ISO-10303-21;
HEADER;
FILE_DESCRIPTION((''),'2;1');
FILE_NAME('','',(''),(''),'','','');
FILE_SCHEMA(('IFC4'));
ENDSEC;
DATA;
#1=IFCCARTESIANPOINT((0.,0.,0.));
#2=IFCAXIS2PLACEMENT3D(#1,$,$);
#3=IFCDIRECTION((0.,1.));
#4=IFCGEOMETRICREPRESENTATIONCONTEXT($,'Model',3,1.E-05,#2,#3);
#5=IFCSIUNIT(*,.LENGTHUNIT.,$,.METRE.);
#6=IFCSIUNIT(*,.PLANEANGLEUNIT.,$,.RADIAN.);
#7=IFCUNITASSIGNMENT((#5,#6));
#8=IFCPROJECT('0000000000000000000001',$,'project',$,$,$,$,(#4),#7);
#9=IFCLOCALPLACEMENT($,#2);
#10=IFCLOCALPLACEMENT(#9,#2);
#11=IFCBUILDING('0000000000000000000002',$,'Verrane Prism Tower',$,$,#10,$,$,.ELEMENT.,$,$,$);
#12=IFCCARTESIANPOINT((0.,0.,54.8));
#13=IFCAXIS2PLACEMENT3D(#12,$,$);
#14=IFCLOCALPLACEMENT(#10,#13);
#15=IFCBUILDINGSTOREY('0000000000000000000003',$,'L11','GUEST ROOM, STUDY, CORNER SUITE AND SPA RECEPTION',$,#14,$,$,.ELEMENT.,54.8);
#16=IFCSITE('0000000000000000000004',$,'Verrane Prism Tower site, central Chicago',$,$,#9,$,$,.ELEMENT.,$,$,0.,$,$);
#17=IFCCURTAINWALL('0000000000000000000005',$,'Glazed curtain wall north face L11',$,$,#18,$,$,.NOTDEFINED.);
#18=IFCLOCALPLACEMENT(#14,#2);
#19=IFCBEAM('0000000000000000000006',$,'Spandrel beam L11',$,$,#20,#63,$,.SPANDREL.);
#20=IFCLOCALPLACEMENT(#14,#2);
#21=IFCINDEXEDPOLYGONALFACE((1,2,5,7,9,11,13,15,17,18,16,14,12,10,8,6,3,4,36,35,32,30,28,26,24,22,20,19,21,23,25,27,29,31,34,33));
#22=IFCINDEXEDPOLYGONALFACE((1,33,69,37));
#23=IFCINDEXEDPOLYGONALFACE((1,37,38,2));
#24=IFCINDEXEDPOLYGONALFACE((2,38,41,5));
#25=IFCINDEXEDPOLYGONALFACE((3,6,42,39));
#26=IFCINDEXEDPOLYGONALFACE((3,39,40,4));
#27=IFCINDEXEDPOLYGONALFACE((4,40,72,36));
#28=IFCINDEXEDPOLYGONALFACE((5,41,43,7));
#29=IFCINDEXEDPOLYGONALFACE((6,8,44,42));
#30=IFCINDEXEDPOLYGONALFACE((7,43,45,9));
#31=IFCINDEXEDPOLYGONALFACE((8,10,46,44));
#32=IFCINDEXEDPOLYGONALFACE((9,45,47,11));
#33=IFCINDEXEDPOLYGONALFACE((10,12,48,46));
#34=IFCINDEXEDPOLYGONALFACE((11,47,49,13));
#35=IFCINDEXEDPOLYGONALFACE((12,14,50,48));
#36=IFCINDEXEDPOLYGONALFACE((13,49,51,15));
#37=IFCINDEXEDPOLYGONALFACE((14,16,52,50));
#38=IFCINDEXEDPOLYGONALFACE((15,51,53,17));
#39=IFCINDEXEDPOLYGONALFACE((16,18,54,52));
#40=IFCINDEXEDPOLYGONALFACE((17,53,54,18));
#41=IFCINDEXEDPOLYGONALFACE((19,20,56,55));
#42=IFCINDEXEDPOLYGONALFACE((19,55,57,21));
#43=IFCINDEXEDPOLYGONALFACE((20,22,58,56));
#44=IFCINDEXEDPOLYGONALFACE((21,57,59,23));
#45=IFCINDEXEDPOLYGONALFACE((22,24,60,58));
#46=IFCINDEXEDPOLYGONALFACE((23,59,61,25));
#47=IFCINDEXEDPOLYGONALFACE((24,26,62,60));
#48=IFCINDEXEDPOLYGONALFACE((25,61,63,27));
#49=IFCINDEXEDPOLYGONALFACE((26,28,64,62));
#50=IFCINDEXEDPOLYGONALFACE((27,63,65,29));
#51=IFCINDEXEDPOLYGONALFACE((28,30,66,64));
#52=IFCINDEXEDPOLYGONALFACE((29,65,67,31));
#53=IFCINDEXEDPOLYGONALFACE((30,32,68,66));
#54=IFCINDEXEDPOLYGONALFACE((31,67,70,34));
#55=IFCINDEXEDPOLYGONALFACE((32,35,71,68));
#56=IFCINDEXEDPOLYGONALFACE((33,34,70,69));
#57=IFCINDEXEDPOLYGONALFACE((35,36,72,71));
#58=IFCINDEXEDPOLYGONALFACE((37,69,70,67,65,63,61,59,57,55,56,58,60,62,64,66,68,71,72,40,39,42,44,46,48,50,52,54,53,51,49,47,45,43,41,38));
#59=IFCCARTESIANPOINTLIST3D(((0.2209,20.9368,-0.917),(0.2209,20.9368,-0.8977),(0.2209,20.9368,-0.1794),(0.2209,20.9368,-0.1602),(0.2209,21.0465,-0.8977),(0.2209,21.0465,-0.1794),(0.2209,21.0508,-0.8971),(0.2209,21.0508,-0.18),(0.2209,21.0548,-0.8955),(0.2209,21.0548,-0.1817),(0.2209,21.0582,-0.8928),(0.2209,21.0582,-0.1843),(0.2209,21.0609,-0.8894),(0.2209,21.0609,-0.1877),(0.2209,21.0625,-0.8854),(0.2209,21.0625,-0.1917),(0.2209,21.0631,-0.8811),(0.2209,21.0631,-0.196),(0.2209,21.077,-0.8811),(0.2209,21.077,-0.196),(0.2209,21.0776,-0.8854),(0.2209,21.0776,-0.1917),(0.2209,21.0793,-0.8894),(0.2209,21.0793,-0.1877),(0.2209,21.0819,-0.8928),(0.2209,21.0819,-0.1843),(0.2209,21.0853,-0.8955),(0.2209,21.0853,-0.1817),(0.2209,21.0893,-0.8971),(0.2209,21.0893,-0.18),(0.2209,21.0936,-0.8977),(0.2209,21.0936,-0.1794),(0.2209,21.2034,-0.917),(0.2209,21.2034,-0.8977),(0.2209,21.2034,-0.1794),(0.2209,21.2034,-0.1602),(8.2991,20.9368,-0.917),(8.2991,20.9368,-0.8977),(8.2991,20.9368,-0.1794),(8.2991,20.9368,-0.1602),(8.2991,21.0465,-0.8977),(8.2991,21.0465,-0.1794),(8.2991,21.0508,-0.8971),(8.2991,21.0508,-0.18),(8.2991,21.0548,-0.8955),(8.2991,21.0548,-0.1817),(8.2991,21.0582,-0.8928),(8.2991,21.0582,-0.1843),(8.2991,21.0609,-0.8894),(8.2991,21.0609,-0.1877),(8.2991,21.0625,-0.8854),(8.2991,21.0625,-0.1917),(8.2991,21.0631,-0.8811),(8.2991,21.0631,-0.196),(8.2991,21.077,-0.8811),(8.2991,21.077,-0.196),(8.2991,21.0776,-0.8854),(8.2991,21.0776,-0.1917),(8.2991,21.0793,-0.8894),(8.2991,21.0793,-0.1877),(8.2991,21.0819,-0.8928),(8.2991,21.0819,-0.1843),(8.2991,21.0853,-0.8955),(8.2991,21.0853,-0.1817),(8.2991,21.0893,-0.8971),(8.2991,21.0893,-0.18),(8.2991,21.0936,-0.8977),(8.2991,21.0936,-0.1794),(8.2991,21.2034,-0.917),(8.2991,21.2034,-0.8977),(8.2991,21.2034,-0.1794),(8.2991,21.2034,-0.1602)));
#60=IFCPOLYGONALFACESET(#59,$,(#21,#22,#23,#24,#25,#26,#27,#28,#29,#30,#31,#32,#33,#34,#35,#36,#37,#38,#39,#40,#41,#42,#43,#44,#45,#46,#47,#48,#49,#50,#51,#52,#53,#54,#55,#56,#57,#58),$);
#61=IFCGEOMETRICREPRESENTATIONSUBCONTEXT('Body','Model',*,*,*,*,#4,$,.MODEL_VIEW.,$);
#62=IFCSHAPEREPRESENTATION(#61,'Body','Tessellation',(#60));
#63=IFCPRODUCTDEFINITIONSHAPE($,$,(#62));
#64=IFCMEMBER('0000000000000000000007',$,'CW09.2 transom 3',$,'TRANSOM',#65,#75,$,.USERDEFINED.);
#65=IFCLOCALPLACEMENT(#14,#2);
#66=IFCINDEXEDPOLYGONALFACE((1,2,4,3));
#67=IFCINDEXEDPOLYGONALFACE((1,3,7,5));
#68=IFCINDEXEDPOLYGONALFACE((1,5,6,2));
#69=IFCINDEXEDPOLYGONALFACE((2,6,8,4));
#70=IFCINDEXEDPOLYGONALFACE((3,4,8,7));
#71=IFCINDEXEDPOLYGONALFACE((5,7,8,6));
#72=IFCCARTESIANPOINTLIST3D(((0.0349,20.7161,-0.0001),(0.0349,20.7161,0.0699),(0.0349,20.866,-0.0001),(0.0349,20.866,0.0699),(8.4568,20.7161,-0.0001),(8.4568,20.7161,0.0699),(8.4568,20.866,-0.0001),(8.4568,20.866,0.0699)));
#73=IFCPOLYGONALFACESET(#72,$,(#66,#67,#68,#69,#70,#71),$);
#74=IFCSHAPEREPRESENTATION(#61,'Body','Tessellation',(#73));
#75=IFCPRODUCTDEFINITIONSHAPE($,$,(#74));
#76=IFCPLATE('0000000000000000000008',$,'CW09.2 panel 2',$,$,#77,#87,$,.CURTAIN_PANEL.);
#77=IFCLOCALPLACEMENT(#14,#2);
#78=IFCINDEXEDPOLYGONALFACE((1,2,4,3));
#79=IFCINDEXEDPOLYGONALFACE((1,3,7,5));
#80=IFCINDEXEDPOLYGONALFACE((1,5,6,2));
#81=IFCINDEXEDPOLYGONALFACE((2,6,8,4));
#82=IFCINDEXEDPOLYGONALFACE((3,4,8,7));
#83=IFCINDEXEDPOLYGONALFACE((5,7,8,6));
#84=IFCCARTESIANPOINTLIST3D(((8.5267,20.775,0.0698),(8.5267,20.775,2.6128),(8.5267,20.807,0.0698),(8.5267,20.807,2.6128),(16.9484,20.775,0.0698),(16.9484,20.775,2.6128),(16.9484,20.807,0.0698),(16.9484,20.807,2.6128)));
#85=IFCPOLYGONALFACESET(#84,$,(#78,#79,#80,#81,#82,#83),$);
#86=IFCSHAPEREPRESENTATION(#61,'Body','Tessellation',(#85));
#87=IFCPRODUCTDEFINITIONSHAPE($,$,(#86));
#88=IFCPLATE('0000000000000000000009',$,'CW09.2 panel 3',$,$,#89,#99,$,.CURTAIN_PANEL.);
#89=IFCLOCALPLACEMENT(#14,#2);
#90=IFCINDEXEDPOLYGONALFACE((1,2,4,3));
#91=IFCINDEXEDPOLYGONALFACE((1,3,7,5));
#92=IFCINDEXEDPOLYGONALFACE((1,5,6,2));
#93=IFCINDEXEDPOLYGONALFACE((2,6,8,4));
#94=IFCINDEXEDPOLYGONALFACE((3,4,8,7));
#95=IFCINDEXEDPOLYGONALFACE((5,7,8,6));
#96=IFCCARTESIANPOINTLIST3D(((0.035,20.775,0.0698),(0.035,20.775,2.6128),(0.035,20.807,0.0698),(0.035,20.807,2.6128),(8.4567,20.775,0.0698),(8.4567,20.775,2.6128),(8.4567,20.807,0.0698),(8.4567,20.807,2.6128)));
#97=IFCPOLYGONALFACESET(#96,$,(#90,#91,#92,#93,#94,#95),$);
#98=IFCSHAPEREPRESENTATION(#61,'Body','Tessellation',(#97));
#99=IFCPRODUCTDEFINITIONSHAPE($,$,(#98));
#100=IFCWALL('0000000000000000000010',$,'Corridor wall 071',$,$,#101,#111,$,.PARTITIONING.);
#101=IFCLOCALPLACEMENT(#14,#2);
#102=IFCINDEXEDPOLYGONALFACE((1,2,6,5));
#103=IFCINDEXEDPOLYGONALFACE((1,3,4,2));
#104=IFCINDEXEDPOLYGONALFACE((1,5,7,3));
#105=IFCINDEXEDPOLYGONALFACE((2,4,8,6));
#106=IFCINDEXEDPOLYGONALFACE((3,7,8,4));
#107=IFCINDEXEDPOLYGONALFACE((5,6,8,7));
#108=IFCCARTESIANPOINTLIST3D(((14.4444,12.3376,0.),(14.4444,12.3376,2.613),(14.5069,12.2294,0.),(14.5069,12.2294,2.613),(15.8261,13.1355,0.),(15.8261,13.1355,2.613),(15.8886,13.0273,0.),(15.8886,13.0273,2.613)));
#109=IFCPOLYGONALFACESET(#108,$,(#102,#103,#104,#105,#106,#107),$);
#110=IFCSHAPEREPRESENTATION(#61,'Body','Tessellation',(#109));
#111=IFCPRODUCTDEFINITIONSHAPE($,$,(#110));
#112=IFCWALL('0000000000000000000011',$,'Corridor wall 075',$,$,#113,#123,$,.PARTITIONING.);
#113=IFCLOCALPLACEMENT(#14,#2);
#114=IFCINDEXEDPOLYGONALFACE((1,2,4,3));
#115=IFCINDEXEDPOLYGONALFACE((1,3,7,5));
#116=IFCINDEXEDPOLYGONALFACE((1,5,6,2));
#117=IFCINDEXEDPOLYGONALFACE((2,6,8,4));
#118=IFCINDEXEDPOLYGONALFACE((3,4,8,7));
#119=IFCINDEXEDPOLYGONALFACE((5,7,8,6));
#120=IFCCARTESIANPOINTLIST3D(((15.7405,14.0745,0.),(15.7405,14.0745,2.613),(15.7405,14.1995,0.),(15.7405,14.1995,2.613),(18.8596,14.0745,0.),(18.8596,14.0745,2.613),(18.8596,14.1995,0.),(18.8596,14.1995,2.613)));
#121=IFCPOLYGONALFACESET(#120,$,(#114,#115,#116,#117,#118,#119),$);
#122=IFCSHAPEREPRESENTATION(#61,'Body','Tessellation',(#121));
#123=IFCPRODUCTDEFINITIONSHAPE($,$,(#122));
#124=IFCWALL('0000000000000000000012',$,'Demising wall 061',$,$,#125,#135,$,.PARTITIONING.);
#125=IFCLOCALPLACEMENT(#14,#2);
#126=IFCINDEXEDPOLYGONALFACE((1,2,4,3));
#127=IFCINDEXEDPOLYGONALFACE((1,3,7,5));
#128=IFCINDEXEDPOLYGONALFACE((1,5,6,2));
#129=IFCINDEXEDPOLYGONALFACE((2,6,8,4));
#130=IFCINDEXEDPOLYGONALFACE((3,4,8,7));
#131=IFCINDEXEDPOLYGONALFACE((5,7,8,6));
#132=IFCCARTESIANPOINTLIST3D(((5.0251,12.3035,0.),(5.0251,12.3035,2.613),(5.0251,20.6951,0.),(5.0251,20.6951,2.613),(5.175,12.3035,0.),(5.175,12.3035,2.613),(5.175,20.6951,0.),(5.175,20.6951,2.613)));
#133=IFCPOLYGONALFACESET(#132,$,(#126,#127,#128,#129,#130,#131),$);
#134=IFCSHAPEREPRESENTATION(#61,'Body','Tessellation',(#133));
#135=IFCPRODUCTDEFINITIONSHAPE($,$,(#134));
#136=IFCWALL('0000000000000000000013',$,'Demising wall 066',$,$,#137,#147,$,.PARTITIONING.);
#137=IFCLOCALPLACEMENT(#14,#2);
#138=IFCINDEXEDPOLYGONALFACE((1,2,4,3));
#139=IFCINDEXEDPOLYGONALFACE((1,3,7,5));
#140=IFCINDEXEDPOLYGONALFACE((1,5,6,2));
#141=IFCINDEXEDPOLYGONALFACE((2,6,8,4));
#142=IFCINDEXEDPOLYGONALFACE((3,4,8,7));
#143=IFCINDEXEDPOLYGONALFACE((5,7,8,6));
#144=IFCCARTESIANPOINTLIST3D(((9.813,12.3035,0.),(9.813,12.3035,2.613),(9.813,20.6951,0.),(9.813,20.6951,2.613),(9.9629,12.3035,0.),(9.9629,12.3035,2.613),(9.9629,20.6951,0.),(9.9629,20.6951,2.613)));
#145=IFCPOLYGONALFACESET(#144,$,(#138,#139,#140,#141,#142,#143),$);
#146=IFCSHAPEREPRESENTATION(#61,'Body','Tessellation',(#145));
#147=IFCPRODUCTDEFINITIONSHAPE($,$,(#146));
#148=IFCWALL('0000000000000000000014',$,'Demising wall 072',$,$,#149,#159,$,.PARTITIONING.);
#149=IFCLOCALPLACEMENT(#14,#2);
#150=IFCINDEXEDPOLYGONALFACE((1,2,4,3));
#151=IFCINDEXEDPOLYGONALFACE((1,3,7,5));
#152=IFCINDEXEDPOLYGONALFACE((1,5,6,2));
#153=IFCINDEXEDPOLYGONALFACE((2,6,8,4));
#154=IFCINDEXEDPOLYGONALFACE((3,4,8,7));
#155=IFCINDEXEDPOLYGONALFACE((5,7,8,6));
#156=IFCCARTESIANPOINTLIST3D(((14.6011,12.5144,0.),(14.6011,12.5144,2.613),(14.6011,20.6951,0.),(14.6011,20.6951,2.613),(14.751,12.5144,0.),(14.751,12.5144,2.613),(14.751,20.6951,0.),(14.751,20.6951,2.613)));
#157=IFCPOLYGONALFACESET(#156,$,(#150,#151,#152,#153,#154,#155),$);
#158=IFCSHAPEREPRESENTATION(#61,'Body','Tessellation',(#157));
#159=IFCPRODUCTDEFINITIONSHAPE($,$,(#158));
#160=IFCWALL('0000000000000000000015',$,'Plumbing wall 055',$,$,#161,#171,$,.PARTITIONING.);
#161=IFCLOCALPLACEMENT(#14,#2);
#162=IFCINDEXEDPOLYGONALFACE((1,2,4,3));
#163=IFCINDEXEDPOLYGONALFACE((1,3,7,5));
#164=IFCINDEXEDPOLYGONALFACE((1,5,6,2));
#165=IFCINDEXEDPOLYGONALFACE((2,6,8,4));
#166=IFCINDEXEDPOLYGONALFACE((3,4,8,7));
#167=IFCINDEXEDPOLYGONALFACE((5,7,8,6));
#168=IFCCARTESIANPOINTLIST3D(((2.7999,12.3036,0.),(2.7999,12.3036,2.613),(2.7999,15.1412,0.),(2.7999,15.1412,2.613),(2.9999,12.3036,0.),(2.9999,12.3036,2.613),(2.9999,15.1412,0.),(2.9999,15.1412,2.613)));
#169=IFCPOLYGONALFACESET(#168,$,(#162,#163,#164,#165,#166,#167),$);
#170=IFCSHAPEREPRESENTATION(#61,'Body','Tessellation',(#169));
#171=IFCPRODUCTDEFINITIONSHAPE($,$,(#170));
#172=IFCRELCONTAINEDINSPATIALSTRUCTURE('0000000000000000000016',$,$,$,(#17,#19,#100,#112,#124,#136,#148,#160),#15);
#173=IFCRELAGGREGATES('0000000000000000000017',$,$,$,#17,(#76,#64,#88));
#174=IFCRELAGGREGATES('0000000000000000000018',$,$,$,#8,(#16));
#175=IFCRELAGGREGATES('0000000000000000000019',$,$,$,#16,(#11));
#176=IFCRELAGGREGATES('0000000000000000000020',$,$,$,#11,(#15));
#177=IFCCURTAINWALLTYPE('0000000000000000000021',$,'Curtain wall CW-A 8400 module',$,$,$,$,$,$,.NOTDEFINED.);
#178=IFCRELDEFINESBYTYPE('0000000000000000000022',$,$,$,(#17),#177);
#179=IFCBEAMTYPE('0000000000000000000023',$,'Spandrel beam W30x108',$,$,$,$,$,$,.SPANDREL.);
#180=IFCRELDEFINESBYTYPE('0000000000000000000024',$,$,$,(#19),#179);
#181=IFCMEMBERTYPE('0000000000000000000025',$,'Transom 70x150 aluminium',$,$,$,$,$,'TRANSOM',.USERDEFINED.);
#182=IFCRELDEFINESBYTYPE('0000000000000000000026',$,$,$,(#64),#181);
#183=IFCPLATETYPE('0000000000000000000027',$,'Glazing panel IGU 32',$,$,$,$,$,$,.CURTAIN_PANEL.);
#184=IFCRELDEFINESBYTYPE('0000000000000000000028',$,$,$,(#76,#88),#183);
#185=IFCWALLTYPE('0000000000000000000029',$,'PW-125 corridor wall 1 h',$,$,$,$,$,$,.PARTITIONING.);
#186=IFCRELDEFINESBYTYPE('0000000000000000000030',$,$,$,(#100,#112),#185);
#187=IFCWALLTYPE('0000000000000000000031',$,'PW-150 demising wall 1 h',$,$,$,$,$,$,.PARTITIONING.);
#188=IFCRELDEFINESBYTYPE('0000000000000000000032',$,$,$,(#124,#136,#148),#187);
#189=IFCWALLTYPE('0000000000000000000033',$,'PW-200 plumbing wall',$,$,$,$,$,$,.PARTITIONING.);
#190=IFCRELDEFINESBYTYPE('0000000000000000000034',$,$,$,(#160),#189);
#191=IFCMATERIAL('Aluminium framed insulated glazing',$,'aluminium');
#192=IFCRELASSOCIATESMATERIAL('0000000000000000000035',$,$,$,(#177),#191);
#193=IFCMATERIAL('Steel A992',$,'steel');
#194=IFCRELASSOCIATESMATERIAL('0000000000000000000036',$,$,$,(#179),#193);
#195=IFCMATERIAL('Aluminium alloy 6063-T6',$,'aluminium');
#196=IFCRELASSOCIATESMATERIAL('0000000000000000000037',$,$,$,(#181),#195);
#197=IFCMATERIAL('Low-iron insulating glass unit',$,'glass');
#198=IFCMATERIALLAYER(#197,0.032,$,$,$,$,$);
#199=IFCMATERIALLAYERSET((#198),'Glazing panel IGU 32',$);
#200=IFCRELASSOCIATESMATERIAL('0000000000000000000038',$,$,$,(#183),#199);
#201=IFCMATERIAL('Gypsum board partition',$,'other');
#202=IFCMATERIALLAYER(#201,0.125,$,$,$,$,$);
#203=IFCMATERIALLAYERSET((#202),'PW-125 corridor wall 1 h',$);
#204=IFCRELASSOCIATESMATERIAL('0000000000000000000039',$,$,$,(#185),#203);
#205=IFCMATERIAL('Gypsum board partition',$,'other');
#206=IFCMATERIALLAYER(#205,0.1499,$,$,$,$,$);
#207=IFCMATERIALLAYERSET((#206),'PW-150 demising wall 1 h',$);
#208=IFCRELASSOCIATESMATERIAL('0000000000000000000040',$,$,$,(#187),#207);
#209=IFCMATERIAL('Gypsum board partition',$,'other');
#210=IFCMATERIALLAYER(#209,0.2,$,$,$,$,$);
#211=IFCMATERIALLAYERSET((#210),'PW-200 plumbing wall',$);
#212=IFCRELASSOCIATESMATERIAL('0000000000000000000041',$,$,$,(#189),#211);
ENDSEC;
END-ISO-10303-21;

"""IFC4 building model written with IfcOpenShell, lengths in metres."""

from ifc_helpers import new_model, si_unit, direction, frame, frame_2d, origin, origin_2d, place, context, subcontext, project, spatial, rectangle, i_section, extrude, material, layer, layer_set, material_profile, profile_set, type_object, element, aggregate, save


model = new_model("IFC4")

# Units and contexts
model_context = context("Model", 3, precision=1e-05, world=origin(), true_north=direction((0.0, 1.0)))
body_context = subcontext(model_context, "Body", "Model", "MODEL_VIEW")
ifc_project = project(units=[si_unit("LENGTHUNIT", "METRE"), si_unit("PLANEANGLEUNIT", "RADIAN")], contexts=[model_context])

# Site, building, storey
site_placement = place(None, origin())
site = spatial("IfcSite", under=ifc_project, at=site_placement, Name="Verrane Prism Tower site, central Chicago", CompositionType="ELEMENT", RefElevation=0.0)
building_placement = place(site_placement, origin())
building = spatial("IfcBuilding", under=site, at=building_placement, Name="Verrane Prism Tower", CompositionType="ELEMENT")
storey_placement = place(building_placement, frame((0.0, 0.0, 54.8)))
storey = spatial("IfcBuildingStorey", under=building, at=storey_placement, Name="L11", Description="GUEST ROOM, STUDY, CORNER SUITE AND SPA RECEPTION", CompositionType="ELEMENT", Elevation=54.8)

# Curtain wall
ifc_material_1 = material(Name="Aluminium framed insulated glazing", Category="aluminium")
curtain_wall_type = type_object("IfcCurtainWallType", Name="Curtain wall CW-A 8400 module", PredefinedType="NOTDEFINED", material=ifc_material_1)
curtain_wall_placement = place(storey_placement, origin())
curtain_wall = element("IfcCurtainWall", 1, at=curtain_wall_placement, inside=storey, type_object=curtain_wall_type, Name="Glazed curtain wall north face L11", PredefinedType="NOTDEFINED")

# Beam
ifc_material_2 = material(Name="Steel A992", Category="steel")
ifc_material_profile_1 = material_profile(ifc_material_2, i_section(OverallWidth=0.2666, OverallDepth=0.7568, WebThickness=0.0139, FlangeThickness=0.0193, FilletRadius=0.0166, at=origin_2d()), Name="W30x108")
ifc_profile_set_1 = profile_set([ifc_material_profile_1], Name="Steel A992")
beam_type_1 = type_object("IfcBeamType", Name="Spandrel beam W30x108", PredefinedType="SPANDREL", material=ifc_profile_set_1)
beam_1_placement = place(storey_placement, frame((8.2991, 21.0701, -0.5386), z_axis=(-1.0, 0.0, 0.0), x_axis=(0.0, -1.0, 0.0)))
element("IfcBeam", 2, at=beam_1_placement, inside=storey, type_object=beam_type_1, Name="Spandrel beam L11", PredefinedType="SPANDREL", context=body_context, shape_type="SweptSolid", body=[
    extrude(i_section(OverallWidth=0.2666, OverallDepth=0.7568, WebThickness=0.0139, FlangeThickness=0.0193, FilletRadius=0.0166, at=origin_2d()), origin(), (0.0, 0.0, 1.0), 8.0781),
])

# Member
ifc_material_3 = material(Name="Aluminium alloy 6063-T6", Category="aluminium")
ifc_material_profile_2 = material_profile(ifc_material_3, rectangle(XDim=0.1499, YDim=0.0701, at=origin_2d()), Name="Transom 70x150 aluminium")
ifc_profile_set_2 = profile_set([ifc_material_profile_2], Name="Aluminium alloy 6063-T6")
member_type_1 = type_object("IfcMemberType", Name="Transom 70x150 aluminium", ElementType="TRANSOM", PredefinedType="USERDEFINED", material=ifc_profile_set_2)
member_1_placement = place(storey_placement, frame((8.4568, 20.791, 0.0349), z_axis=(-1.0, 0.0, 0.0), x_axis=(0.0, -1.0, 0.0)))
member_1 = element("IfcMember", 3, at=member_1_placement, type_object=member_type_1, Name="CW09.2 transom 3", ObjectType="TRANSOM", PredefinedType="USERDEFINED", context=body_context, shape_type="SweptSolid", body=[
    extrude(rectangle(XDim=0.1499, YDim=0.0701, at=origin_2d()), origin(), (0.0, 0.0, 1.0), 8.4219),
])

# Plates
ifc_material_4 = material(Name="Low-iron insulating glass unit", Category="glass")
ifc_layer_1 = layer(ifc_material_4, 0.032)
ifc_layer_set_1 = layer_set([ifc_layer_1], Name="Glazing panel IGU 32")
plate_type = type_object("IfcPlateType", Name="Glazing panel IGU 32", PredefinedType="CURTAIN_PANEL", material=ifc_layer_set_1)
plate_1_placement = place(storey_placement, frame((12.7375, 20.791, 0.0698), z_axis=(0.0, 0.0, 1.0), x_axis=(-1.0, 0.0, 0.0)))
plate_1 = element("IfcPlate", 4, at=plate_1_placement, type_object=plate_type, Name="CW09.2 panel 2", PredefinedType="CURTAIN_PANEL", context=body_context, shape_type="SweptSolid", body=[
    extrude(rectangle(XDim=8.4216, YDim=0.032, at=origin_2d()), origin(), (0.0, 0.0, 1.0), 2.543),
])
plate_2_placement = place(storey_placement, frame((4.2458, 20.791, 0.0698), z_axis=(0.0, 0.0, 1.0), x_axis=(-1.0, 0.0, 0.0)))
plate_2 = element("IfcPlate", 5, at=plate_2_placement, type_object=plate_type, Name="CW09.2 panel 3", PredefinedType="CURTAIN_PANEL", context=body_context, shape_type="SweptSolid", body=[
    extrude(rectangle(XDim=8.4216, YDim=0.032, at=origin_2d()), origin(), (0.0, 0.0, 1.0), 2.543),
])
aggregate(curtain_wall, [plate_1, member_1, plate_2])

# Walls
ifc_material_5 = material(Name="Gypsum board partition", Category="other")
ifc_layer_2 = layer(ifc_material_5, 0.125)
ifc_layer_set_2 = layer_set([ifc_layer_2], Name="PW-125 corridor wall 1 h")
wall_type_1 = type_object("IfcWallType", Name="PW-125 corridor wall 1 h", PredefinedType="PARTITIONING", material=ifc_layer_set_2)
wall_1_placement = place(storey_placement, frame((14.4756, 12.2834, 0.0), z_axis=(0.0, 0.0, 1.0), x_axis=(0.865974, 0.500089, 0.0)))
element("IfcWall", 6, at=wall_1_placement, inside=storey, type_object=wall_type_1, Name="Corridor wall 071", PredefinedType="PARTITIONING", context=body_context, shape_type="SweptSolid", body=[
    extrude(rectangle(XDim=1.5955, YDim=0.125, at=frame_2d((0.7979, 0.0))), origin(), (0.0, 0.0, 1.0), 2.613),
])
wall_2_placement = place(storey_placement, frame((15.7405, 14.137, 0.0), z_axis=(0.0, 0.0, 1.0), x_axis=(1.0, 0.0, 0.0)))
element("IfcWall", 7, at=wall_2_placement, inside=storey, type_object=wall_type_1, Name="Corridor wall 075", PredefinedType="PARTITIONING", context=body_context, shape_type="SweptSolid", body=[
    extrude(rectangle(XDim=3.1191, YDim=0.125, at=frame_2d((1.5596, 0.0))), origin(), (0.0, 0.0, 1.0), 2.613),
])
ifc_material_6 = material(Name="Gypsum board partition", Category="other")
ifc_layer_3 = layer(ifc_material_6, 0.1499)
ifc_layer_set_3 = layer_set([ifc_layer_3], Name="PW-150 demising wall 1 h")
wall_type_2 = type_object("IfcWallType", Name="PW-150 demising wall 1 h", PredefinedType="PARTITIONING", material=ifc_layer_set_3)
for number, where, z_axis, x_axis, name in (
    (8, (5.1001, 12.3035, 0.0), (0.0, 0.0, 1.0), (0.0, 1.0, 0.0), "Demising wall 061"),
    (9, (9.8879, 12.3035, 0.0), (0.0, 0.0, 1.0), (0.0, 1.0, 0.0), "Demising wall 066"),
):
    element("IfcWall", number, at=place(storey_placement, frame(where, z_axis=z_axis, x_axis=x_axis)), inside=storey, type_object=wall_type_2, Name=name, PredefinedType="PARTITIONING", context=body_context, shape_type="SweptSolid", body=[
        extrude(rectangle(XDim=8.3916, YDim=0.1499, at=frame_2d((4.1958, 0.0))), origin(), (0.0, 0.0, 1.0), 2.613),
    ])
wall_3_placement = place(storey_placement, frame((14.676, 12.5144, 0.0), z_axis=(0.0, 0.0, 1.0), x_axis=(0.0, 1.0, 0.0)))
element("IfcWall", 10, at=wall_3_placement, inside=storey, type_object=wall_type_2, Name="Demising wall 072", PredefinedType="PARTITIONING", context=body_context, shape_type="SweptSolid", body=[
    extrude(rectangle(XDim=8.1807, YDim=0.1499, at=frame_2d((4.0903, 0.0))), origin(), (0.0, 0.0, 1.0), 2.613),
])
ifc_material_7 = material(Name="Gypsum board partition", Category="other")
ifc_layer_4 = layer(ifc_material_7, 0.2)
ifc_layer_set_4 = layer_set([ifc_layer_4], Name="PW-200 plumbing wall")
wall_type_3 = type_object("IfcWallType", Name="PW-200 plumbing wall", PredefinedType="PARTITIONING", material=ifc_layer_set_4)
wall_4_placement = place(storey_placement, frame((2.8999, 12.3035, 0.0), z_axis=(0.0, 0.0, 1.0), x_axis=(0.0, 1.0, 0.0)))
element("IfcWall", 11, at=wall_4_placement, inside=storey, type_object=wall_type_3, Name="Plumbing wall 055", PredefinedType="PARTITIONING", context=body_context, shape_type="SweptSolid", body=[
    extrude(rectangle(XDim=2.8376, YDim=0.2, at=frame_2d((1.4189, 0.0))), origin(), (0.0, 0.0, 1.0), 2.613),
])

save(model, "model.ifc")
